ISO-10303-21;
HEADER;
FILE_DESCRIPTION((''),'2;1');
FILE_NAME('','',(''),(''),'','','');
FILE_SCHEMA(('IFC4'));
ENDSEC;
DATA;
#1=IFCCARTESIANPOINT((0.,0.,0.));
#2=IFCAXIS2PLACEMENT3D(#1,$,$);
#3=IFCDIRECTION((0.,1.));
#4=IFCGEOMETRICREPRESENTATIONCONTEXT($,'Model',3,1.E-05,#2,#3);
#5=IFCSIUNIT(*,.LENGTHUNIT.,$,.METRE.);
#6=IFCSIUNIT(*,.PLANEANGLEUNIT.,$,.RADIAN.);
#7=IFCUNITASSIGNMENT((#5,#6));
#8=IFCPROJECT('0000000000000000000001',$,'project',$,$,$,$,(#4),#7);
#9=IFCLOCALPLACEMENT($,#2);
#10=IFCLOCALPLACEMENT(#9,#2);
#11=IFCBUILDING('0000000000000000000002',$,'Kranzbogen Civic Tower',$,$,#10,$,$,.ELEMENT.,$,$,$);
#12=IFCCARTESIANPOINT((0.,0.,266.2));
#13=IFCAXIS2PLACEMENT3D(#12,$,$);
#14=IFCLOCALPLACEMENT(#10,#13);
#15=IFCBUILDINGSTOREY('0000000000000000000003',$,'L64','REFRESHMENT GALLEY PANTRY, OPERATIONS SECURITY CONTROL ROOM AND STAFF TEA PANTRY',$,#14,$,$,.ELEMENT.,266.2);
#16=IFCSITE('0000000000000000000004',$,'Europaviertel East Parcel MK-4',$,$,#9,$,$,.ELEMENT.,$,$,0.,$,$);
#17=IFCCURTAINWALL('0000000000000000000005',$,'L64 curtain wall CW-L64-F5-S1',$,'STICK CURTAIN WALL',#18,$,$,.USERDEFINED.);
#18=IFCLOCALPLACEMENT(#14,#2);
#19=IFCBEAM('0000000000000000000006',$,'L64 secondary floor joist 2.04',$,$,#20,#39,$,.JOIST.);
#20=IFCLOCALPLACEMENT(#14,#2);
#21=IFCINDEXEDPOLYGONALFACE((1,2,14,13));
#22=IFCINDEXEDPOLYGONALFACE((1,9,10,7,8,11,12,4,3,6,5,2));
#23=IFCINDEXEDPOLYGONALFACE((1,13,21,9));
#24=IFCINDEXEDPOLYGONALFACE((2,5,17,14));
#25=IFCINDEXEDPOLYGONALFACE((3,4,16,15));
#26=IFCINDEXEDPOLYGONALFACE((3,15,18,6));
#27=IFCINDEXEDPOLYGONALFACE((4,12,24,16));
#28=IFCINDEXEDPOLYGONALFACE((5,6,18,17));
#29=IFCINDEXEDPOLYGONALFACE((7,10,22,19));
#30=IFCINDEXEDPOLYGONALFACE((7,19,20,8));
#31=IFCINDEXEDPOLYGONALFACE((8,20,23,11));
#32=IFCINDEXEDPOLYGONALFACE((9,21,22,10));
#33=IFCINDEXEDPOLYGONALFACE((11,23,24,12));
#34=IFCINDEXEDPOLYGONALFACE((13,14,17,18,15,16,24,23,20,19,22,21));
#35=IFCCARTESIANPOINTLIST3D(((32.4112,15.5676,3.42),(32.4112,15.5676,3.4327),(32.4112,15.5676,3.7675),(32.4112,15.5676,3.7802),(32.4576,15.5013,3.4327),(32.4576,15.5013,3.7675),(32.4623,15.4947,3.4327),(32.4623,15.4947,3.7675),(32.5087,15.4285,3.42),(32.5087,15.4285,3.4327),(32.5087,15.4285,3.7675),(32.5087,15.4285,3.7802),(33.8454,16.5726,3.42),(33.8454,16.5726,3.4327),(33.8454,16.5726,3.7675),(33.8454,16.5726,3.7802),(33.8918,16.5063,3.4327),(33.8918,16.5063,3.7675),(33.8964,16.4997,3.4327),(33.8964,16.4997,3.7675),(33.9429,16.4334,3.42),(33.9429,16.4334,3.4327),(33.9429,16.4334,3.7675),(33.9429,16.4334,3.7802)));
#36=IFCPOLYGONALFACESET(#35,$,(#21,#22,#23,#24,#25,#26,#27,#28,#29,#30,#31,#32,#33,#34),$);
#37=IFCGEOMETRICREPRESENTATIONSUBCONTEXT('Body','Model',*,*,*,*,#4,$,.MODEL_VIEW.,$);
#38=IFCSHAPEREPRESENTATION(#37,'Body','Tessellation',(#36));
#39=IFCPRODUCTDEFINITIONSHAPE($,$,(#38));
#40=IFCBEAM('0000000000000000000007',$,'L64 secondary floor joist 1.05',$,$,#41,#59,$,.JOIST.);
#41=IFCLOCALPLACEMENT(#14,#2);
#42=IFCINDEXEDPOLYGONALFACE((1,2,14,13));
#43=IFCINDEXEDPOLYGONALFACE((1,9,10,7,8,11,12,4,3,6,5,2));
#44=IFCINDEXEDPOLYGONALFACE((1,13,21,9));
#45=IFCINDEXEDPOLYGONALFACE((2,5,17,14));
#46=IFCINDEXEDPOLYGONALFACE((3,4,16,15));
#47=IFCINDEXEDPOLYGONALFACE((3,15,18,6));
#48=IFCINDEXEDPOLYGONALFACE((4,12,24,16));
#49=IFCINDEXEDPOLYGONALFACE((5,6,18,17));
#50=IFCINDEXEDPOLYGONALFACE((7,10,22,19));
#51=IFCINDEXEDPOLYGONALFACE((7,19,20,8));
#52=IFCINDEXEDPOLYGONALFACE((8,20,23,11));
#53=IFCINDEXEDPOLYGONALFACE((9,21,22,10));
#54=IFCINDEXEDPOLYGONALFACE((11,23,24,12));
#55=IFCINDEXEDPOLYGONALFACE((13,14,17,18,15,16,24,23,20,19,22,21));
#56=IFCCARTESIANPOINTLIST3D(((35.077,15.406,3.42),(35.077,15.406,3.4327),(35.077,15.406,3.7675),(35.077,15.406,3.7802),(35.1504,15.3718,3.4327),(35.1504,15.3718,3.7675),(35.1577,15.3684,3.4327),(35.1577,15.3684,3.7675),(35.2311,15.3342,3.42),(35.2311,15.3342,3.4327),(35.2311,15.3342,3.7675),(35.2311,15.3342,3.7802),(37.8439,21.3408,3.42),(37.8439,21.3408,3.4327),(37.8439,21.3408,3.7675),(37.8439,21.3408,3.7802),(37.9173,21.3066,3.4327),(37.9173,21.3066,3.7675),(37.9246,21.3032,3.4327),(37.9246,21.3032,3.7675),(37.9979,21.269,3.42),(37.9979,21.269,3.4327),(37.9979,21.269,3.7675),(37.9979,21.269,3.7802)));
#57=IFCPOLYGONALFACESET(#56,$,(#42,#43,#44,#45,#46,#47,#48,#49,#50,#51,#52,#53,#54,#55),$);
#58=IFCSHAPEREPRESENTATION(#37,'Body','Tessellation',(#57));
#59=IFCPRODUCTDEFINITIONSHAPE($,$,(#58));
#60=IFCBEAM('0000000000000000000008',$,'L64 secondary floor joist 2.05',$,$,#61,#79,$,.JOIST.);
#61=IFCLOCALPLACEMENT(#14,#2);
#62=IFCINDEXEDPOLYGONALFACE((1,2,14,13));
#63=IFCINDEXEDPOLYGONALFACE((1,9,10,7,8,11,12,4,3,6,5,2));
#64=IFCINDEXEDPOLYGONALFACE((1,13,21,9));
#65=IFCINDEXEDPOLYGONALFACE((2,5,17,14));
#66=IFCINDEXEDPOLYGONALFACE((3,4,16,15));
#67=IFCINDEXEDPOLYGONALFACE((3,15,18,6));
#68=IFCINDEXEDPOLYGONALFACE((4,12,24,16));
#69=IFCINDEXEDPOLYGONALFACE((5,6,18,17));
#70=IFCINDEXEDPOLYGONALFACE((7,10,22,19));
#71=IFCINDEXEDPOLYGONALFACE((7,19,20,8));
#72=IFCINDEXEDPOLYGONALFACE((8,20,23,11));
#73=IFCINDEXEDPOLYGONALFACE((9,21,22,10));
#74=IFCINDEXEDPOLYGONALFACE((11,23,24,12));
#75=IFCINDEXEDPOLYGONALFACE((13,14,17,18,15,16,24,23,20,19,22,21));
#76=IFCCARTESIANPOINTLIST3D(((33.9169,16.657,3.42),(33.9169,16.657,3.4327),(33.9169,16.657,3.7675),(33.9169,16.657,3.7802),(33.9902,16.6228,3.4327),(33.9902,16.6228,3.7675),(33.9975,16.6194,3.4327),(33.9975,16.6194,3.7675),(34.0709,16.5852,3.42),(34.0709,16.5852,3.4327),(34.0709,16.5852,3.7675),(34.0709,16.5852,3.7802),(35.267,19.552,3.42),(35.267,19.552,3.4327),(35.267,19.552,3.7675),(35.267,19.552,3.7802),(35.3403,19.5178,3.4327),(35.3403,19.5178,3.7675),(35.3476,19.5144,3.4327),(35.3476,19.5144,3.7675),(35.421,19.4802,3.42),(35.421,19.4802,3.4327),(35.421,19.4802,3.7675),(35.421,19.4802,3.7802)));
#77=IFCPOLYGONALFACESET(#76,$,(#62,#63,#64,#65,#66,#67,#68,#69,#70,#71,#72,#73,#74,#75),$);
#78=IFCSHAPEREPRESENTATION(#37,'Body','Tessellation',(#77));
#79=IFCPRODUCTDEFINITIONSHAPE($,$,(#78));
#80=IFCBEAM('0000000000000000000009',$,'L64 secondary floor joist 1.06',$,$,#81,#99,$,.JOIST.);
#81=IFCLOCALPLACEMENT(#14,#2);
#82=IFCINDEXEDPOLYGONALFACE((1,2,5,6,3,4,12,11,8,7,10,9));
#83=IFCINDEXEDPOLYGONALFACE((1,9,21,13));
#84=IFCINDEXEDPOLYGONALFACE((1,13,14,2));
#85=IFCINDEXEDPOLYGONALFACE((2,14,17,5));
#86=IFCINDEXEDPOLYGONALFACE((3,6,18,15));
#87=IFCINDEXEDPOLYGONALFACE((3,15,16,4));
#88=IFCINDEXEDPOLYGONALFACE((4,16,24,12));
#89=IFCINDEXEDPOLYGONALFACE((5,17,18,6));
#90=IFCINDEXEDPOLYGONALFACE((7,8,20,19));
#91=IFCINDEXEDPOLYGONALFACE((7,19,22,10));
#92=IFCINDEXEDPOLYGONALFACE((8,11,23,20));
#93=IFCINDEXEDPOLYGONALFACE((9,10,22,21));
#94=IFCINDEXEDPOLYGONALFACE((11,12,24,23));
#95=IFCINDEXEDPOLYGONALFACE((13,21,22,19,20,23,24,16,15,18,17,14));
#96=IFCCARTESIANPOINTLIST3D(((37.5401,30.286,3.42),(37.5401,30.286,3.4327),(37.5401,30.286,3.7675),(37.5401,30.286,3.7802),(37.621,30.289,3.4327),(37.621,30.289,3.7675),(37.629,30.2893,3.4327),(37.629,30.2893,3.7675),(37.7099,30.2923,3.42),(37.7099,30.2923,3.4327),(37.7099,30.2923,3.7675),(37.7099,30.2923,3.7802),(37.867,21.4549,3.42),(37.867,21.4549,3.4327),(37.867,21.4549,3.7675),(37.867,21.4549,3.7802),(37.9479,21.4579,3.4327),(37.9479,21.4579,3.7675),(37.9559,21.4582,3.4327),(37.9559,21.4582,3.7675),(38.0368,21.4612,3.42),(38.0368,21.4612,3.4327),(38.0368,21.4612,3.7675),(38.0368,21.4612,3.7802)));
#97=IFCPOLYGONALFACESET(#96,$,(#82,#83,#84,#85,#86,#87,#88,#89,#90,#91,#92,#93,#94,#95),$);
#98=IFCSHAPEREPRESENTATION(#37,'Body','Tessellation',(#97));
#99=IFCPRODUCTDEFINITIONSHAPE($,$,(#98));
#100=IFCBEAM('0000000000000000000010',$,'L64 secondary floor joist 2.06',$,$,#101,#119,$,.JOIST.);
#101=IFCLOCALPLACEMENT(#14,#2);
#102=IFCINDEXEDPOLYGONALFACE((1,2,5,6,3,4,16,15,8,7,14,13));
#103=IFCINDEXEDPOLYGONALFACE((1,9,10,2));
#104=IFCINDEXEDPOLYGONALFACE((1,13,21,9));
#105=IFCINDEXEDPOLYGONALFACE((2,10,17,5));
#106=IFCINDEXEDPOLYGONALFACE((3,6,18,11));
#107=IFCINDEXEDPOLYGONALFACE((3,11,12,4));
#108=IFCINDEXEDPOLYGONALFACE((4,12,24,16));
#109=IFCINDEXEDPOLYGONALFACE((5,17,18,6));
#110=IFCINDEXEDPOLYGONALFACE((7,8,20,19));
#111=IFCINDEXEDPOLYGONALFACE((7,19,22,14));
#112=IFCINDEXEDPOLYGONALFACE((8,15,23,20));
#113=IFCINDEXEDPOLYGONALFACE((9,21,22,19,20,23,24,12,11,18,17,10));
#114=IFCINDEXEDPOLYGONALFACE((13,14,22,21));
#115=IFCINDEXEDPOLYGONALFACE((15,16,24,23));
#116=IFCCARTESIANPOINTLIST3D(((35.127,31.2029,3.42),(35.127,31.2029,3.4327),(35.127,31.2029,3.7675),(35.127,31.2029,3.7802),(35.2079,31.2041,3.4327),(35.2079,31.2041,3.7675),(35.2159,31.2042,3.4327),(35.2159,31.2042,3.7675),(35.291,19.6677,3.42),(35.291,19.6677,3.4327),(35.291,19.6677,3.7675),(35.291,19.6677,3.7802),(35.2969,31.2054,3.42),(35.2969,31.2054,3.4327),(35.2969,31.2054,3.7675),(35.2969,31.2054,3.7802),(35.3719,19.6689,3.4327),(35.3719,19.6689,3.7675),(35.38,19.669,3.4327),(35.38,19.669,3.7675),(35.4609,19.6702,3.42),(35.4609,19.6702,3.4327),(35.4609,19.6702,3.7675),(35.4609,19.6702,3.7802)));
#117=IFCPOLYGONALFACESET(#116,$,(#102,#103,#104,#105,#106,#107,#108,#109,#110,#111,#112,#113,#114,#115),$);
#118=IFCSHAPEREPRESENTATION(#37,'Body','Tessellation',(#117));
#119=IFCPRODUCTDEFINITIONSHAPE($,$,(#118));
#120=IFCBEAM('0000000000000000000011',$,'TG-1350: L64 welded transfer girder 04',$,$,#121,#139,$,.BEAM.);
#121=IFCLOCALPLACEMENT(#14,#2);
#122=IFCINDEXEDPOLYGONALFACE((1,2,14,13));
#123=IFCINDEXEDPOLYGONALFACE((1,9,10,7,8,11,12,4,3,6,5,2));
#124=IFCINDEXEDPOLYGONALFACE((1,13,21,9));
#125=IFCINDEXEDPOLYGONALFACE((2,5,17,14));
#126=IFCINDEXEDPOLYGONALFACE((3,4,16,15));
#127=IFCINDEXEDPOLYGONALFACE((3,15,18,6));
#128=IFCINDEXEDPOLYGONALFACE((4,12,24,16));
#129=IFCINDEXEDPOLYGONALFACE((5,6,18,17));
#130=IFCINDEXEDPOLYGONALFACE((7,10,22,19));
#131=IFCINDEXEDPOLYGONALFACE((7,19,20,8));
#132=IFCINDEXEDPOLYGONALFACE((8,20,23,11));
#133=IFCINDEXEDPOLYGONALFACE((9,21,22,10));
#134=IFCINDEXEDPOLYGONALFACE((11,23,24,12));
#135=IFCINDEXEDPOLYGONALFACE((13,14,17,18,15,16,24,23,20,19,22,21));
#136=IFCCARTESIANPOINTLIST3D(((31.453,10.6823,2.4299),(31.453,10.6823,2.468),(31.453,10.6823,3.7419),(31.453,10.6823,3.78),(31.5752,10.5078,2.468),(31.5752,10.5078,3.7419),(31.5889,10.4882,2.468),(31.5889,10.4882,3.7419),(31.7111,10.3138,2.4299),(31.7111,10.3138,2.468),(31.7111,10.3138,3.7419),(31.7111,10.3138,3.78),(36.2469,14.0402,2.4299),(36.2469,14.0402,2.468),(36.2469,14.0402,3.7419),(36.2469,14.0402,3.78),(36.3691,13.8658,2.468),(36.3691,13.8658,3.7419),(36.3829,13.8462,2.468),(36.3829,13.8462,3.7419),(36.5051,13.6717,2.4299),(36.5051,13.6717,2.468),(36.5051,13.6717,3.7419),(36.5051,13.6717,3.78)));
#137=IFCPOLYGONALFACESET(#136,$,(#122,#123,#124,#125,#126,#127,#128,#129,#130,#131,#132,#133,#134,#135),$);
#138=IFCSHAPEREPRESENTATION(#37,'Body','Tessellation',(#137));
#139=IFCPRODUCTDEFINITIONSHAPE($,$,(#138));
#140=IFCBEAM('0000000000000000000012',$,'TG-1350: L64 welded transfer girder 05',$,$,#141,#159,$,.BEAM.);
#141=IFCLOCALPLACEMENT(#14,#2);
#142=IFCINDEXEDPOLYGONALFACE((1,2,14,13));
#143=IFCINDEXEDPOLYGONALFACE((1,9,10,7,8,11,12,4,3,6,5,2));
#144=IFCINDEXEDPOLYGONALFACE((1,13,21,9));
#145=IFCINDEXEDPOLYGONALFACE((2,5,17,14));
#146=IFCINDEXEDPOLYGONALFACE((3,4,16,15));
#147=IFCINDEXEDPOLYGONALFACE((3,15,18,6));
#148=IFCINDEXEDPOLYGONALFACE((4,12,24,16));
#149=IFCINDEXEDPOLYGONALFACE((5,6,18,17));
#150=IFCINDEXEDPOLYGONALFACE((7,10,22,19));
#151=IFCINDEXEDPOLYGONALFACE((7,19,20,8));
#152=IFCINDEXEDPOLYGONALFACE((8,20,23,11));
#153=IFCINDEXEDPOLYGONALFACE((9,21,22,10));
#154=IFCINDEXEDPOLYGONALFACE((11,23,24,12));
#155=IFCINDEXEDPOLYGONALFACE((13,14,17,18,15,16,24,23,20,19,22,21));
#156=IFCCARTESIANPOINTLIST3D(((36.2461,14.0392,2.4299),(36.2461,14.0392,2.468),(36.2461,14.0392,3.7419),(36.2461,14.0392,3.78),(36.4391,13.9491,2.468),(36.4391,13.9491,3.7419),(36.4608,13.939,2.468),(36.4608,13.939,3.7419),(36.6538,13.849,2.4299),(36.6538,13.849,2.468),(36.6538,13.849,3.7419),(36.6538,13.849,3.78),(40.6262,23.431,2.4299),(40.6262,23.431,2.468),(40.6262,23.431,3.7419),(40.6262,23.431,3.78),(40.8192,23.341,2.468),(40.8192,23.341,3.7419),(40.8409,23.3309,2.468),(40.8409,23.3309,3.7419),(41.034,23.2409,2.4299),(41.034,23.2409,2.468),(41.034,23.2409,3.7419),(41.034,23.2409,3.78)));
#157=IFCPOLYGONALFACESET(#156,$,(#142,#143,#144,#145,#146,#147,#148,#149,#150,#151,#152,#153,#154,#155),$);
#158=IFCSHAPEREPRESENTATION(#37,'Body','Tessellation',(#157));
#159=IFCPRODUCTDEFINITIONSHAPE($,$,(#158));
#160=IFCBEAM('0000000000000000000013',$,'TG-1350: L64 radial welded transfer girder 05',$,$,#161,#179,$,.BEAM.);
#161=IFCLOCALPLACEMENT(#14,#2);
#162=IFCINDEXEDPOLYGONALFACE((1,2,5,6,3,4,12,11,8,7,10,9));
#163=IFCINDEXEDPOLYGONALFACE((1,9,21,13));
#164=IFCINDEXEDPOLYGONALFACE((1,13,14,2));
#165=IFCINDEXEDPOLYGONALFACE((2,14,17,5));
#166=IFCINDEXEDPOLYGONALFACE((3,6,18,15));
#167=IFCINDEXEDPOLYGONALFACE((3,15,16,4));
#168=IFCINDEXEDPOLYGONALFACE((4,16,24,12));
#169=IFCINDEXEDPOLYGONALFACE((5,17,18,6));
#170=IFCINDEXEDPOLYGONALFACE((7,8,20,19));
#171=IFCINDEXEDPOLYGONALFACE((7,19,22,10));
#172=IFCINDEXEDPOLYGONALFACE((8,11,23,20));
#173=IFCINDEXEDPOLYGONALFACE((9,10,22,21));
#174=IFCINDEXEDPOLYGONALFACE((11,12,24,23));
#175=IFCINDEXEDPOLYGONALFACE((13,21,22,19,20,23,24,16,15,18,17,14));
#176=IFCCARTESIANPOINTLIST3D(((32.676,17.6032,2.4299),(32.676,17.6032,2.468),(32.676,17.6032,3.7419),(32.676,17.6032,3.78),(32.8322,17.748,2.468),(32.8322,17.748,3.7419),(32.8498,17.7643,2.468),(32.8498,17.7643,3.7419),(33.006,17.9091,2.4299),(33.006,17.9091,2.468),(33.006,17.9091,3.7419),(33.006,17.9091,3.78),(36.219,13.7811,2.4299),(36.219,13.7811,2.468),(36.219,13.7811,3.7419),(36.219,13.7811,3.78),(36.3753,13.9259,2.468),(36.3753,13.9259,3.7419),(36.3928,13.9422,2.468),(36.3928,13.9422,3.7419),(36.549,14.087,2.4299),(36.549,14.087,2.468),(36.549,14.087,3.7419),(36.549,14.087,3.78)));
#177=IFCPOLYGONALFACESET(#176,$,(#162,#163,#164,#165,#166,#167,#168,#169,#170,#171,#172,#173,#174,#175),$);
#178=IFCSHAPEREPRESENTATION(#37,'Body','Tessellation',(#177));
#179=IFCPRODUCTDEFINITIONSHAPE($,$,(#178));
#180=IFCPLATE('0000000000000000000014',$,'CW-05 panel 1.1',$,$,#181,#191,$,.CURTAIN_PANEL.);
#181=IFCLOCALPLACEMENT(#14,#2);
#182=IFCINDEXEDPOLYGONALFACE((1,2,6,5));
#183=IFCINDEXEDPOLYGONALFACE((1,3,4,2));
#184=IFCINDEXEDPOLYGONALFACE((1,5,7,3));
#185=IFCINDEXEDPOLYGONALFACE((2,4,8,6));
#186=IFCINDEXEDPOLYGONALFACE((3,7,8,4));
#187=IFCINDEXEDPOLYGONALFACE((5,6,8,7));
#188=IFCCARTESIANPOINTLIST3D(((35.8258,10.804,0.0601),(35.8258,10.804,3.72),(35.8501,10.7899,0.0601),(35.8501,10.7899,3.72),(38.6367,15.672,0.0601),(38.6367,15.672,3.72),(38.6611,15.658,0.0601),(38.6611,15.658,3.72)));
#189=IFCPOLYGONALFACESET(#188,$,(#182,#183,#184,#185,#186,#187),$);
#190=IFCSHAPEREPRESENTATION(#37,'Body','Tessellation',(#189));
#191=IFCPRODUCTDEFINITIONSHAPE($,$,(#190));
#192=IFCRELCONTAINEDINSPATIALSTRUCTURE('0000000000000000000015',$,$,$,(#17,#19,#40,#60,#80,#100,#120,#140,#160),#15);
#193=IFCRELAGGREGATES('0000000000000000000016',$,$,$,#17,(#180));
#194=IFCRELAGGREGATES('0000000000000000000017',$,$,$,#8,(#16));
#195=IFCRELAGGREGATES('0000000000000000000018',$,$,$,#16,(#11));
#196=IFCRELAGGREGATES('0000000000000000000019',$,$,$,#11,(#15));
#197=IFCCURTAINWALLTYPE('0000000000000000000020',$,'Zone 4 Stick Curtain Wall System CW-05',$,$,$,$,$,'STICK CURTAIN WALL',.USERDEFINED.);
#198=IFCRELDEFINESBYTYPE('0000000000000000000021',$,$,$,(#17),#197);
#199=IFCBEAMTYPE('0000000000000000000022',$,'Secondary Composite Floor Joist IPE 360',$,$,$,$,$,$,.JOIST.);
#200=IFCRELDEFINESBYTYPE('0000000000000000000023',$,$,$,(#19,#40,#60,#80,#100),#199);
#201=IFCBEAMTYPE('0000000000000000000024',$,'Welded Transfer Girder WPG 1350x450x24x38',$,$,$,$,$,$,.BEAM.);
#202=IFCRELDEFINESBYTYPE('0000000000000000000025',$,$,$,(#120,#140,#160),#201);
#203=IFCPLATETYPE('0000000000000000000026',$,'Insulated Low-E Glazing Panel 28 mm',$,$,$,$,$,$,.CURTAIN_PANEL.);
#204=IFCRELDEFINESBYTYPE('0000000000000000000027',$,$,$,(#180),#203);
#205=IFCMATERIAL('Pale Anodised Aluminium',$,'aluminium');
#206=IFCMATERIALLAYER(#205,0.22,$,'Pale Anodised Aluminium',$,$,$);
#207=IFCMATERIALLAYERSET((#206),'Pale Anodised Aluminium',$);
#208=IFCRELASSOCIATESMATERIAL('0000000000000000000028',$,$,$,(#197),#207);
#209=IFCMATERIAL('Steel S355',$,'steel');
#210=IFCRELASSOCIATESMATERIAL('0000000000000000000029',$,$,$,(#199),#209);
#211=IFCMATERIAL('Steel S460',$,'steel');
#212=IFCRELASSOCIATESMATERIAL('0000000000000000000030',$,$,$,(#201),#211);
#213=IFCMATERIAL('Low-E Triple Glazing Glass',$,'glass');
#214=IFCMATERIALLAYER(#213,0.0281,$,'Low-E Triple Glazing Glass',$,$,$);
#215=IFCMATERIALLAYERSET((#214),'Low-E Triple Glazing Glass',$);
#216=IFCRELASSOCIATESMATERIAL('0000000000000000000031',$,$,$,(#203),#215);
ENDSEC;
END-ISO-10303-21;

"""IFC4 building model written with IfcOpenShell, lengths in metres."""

from ifc_helpers import new_model, si_unit, direction, frame, origin, origin_2d, place, context, subcontext, project, spatial, rectangle, i_section, extrude, material, layer, layer_set, material_profile, profile_set, type_object, element, aggregate, save


model = new_model("IFC4")

# Units and contexts
model_context = context("Model", 3, precision=1e-05, world=origin(), true_north=direction((0.0, 1.0)))
body_context = subcontext(model_context, "Body", "Model", "MODEL_VIEW")
ifc_project = project(units=[si_unit("LENGTHUNIT", "METRE"), si_unit("PLANEANGLEUNIT", "RADIAN")], contexts=[model_context])

# Site, building, storey
site_placement = place(None, origin())
site = spatial("IfcSite", under=ifc_project, at=site_placement, Name="Europaviertel East Parcel MK-4", CompositionType="ELEMENT", RefElevation=0.0)
building_placement = place(site_placement, origin())
building = spatial("IfcBuilding", under=site, at=building_placement, Name="Kranzbogen Civic Tower", CompositionType="ELEMENT")
storey_placement = place(building_placement, frame((0.0, 0.0, 266.2)))
storey = spatial("IfcBuildingStorey", under=building, at=storey_placement, Name="L64", Description="REFRESHMENT GALLEY PANTRY, OPERATIONS SECURITY CONTROL ROOM AND STAFF TEA PANTRY", CompositionType="ELEMENT", Elevation=266.2)

# Shared definitions
ifc_material_1 = material(Name="Steel S355", Category="steel")

# Shared definitions
ifc_material_2 = material(Name="Pale Anodised Aluminium", Category="aluminium")
ifc_layer_1 = layer(ifc_material_2, 0.22, Name="Pale Anodised Aluminium")
ifc_layer_set_1 = layer_set([ifc_layer_1], Name="Pale Anodised Aluminium")
curtain_wall_type = type_object("IfcCurtainWallType", Name="Zone 4 Stick Curtain Wall System CW-05", ElementType="STICK CURTAIN WALL", PredefinedType="USERDEFINED", material=ifc_layer_set_1)

# Curtain wall
curtain_wall_1_placement = place(storey_placement, origin())
curtain_wall_1 = element("IfcCurtainWall", 1, at=curtain_wall_1_placement, inside=storey, type_object=curtain_wall_type, Name="L64 curtain wall CW-L64-F5-S1", ObjectType="STICK CURTAIN WALL", PredefinedType="USERDEFINED")

# Beams
ifc_material_profile_1 = material_profile(ifc_material_1, i_section(OverallWidth=0.1699, OverallDepth=0.3601, WebThickness=0.0081, FlangeThickness=0.0127, at=origin_2d()), Name="IPE 360")
ifc_profile_set_1 = profile_set([ifc_material_profile_1], Name="Steel S355")
beam_type_1 = type_object("IfcBeamType", Name="Secondary Composite Floor Joist IPE 360", PredefinedType="JOIST", material=ifc_profile_set_1)
beam_1_placement = place(storey_placement, frame((32.46, 15.498, 3.6001), z_axis=(0.818957, 0.573855, 0.0), x_axis=(-0.573855, 0.818957, 0.0)))
element("IfcBeam", 2, at=beam_1_placement, inside=storey, type_object=beam_type_1, Name="L64 secondary floor joist 2.04", PredefinedType="JOIST", context=body_context, shape_type="SweptSolid", body=[
    extrude(i_section(OverallWidth=0.1699, OverallDepth=0.3601, WebThickness=0.0081, FlangeThickness=0.0127, at=origin_2d()), origin(), (0.0, 0.0, 1.0), 1.7512),
])
beam_2_placement = place(storey_placement, frame((35.1541, 15.3701, 3.6001), z_axis=(0.422543, 0.906343, 0.0), x_axis=(-0.906343, 0.422543, 0.0)))
element("IfcBeam", 3, at=beam_2_placement, inside=storey, type_object=beam_type_1, Name="L64 secondary floor joist 1.05", PredefinedType="JOIST", context=body_context, shape_type="SweptSolid", body=[
    extrude(i_section(OverallWidth=0.1699, OverallDepth=0.3601, WebThickness=0.0081, FlangeThickness=0.0127, at=origin_2d()), origin(), (0.0, 0.0, 1.0), 6.5481),
])
beam_3_placement = place(storey_placement, frame((33.9939, 16.6211, 3.6001), z_axis=(0.422651, 0.906292, 0.0), x_axis=(-0.906292, 0.422651, 0.0)))
element("IfcBeam", 4, at=beam_3_placement, inside=storey, type_object=beam_type_1, Name="L64 secondary floor joist 2.05", PredefinedType="JOIST", context=body_context, shape_type="SweptSolid", body=[
    extrude(i_section(OverallWidth=0.1699, OverallDepth=0.3601, WebThickness=0.0081, FlangeThickness=0.0127, at=origin_2d()), origin(), (0.0, 0.0, 1.0), 3.1943),
])
beam_4_placement = place(storey_placement, frame((37.9519, 21.458, 3.6001), z_axis=(-0.036992, 0.999316, 0.0), x_axis=(-0.999316, -0.036992, 0.0)))
element("IfcBeam", 5, at=beam_4_placement, inside=storey, type_object=beam_type_1, Name="L64 secondary floor joist 1.06", PredefinedType="JOIST", context=body_context, shape_type="SweptSolid", body=[
    extrude(i_section(OverallWidth=0.1699, OverallDepth=0.3601, WebThickness=0.0081, FlangeThickness=0.0127, at=origin_2d()), origin(), (0.0, 0.0, 1.0), 8.8372),
])
beam_5_placement = place(storey_placement, frame((35.376, 19.6689, 3.6001), z_axis=(-0.014221, 0.999899, 0.0), x_axis=(-0.999899, -0.014221, 0.0)))
element("IfcBeam", 6, at=beam_5_placement, inside=storey, type_object=beam_type_1, Name="L64 secondary floor joist 2.06", PredefinedType="JOIST", context=body_context, shape_type="SweptSolid", body=[
    extrude(i_section(OverallWidth=0.1699, OverallDepth=0.3601, WebThickness=0.0081, FlangeThickness=0.0127, at=origin_2d()), origin(), (0.0, 0.0, 1.0), 11.5364),
])
ifc_material_3 = material(Name="Steel S460", Category="steel")
ifc_material_profile_2 = material_profile(ifc_material_3, i_section(OverallWidth=0.45, OverallDepth=1.3501, WebThickness=0.0239, FlangeThickness=0.0381, at=origin_2d()), Name="WPG 1350x450x24x38")
ifc_profile_set_2 = profile_set([ifc_material_profile_2], Name="Steel S460")
beam_type_2 = type_object("IfcBeamType", Name="Welded Transfer Girder WPG 1350x450x24x38", PredefinedType="BEAM", material=ifc_profile_set_2)
beam_6_placement = place(storey_placement, frame((31.582, 10.498, 3.105), z_axis=(0.819059, 0.573709, 0.0), x_axis=(-0.573709, 0.819059, 0.0)))
element("IfcBeam", 7, at=beam_6_placement, inside=storey, type_object=beam_type_2, Name="TG-1350: L64 welded transfer girder 04", PredefinedType="BEAM", context=body_context, shape_type="SweptSolid", body=[
    extrude(i_section(OverallWidth=0.45, OverallDepth=1.3501, WebThickness=0.0239, FlangeThickness=0.0381, at=origin_2d()), origin(), (0.0, 0.0, 1.0), 5.853),
])
beam_7_placement = place(storey_placement, frame((36.45, 13.9441, 3.105), z_axis=(0.422669, 0.906284, 0.0), x_axis=(-0.906284, 0.422669, 0.0)))
element("IfcBeam", 8, at=beam_7_placement, inside=storey, type_object=beam_type_2, Name="TG-1350: L64 welded transfer girder 05", PredefinedType="BEAM", context=body_context, shape_type="SweptSolid", body=[
    extrude(i_section(OverallWidth=0.45, OverallDepth=1.3501, WebThickness=0.0239, FlangeThickness=0.0381, at=origin_2d()), origin(), (0.0, 0.0, 1.0), 10.363),
])
beam_8_placement = place(storey_placement, frame((36.384, 13.9341, 3.105), z_axis=(-0.679827, 0.733372, 0.0), x_axis=(-0.733372, -0.679827, 0.0)))
element("IfcBeam", 9, at=beam_8_placement, inside=storey, type_object=beam_type_2, Name="TG-1350: L64 radial welded transfer girder 05", PredefinedType="BEAM", context=body_context, shape_type="SweptSolid", body=[
    extrude(i_section(OverallWidth=0.45, OverallDepth=1.3501, WebThickness=0.0239, FlangeThickness=0.0381, at=origin_2d()), origin(), (0.0, 0.0, 1.0), 5.2117),
])

# Plate
ifc_material_4 = material(Name="Low-E Triple Glazing Glass", Category="glass")
ifc_layer_2 = layer(ifc_material_4, 0.0281, Name="Low-E Triple Glazing Glass")
ifc_layer_set_2 = layer_set([ifc_layer_2], Name="Low-E Triple Glazing Glass")
plate_type = type_object("IfcPlateType", Name="Insulated Low-E Glazing Panel 28 mm", PredefinedType="CURTAIN_PANEL", material=ifc_layer_set_2)
plate_1_placement = place(storey_placement, frame((37.2434, 13.231, 0.0601), z_axis=(0.0, 0.0, 1.0), x_axis=(0.500054, 0.865994, 0.0)))
plate_1 = element("IfcPlate", 10, at=plate_1_placement, type_object=plate_type, Name="CW-05 panel 1.1", PredefinedType="CURTAIN_PANEL", context=body_context, shape_type="SweptSolid", body=[
    extrude(rectangle(XDim=5.6213, YDim=0.0281, at=origin_2d()), origin(), (0.0, 0.0, 1.0), 3.6599),
])
aggregate(curtain_wall_1, [plate_1])

save(model, "model.ifc")
